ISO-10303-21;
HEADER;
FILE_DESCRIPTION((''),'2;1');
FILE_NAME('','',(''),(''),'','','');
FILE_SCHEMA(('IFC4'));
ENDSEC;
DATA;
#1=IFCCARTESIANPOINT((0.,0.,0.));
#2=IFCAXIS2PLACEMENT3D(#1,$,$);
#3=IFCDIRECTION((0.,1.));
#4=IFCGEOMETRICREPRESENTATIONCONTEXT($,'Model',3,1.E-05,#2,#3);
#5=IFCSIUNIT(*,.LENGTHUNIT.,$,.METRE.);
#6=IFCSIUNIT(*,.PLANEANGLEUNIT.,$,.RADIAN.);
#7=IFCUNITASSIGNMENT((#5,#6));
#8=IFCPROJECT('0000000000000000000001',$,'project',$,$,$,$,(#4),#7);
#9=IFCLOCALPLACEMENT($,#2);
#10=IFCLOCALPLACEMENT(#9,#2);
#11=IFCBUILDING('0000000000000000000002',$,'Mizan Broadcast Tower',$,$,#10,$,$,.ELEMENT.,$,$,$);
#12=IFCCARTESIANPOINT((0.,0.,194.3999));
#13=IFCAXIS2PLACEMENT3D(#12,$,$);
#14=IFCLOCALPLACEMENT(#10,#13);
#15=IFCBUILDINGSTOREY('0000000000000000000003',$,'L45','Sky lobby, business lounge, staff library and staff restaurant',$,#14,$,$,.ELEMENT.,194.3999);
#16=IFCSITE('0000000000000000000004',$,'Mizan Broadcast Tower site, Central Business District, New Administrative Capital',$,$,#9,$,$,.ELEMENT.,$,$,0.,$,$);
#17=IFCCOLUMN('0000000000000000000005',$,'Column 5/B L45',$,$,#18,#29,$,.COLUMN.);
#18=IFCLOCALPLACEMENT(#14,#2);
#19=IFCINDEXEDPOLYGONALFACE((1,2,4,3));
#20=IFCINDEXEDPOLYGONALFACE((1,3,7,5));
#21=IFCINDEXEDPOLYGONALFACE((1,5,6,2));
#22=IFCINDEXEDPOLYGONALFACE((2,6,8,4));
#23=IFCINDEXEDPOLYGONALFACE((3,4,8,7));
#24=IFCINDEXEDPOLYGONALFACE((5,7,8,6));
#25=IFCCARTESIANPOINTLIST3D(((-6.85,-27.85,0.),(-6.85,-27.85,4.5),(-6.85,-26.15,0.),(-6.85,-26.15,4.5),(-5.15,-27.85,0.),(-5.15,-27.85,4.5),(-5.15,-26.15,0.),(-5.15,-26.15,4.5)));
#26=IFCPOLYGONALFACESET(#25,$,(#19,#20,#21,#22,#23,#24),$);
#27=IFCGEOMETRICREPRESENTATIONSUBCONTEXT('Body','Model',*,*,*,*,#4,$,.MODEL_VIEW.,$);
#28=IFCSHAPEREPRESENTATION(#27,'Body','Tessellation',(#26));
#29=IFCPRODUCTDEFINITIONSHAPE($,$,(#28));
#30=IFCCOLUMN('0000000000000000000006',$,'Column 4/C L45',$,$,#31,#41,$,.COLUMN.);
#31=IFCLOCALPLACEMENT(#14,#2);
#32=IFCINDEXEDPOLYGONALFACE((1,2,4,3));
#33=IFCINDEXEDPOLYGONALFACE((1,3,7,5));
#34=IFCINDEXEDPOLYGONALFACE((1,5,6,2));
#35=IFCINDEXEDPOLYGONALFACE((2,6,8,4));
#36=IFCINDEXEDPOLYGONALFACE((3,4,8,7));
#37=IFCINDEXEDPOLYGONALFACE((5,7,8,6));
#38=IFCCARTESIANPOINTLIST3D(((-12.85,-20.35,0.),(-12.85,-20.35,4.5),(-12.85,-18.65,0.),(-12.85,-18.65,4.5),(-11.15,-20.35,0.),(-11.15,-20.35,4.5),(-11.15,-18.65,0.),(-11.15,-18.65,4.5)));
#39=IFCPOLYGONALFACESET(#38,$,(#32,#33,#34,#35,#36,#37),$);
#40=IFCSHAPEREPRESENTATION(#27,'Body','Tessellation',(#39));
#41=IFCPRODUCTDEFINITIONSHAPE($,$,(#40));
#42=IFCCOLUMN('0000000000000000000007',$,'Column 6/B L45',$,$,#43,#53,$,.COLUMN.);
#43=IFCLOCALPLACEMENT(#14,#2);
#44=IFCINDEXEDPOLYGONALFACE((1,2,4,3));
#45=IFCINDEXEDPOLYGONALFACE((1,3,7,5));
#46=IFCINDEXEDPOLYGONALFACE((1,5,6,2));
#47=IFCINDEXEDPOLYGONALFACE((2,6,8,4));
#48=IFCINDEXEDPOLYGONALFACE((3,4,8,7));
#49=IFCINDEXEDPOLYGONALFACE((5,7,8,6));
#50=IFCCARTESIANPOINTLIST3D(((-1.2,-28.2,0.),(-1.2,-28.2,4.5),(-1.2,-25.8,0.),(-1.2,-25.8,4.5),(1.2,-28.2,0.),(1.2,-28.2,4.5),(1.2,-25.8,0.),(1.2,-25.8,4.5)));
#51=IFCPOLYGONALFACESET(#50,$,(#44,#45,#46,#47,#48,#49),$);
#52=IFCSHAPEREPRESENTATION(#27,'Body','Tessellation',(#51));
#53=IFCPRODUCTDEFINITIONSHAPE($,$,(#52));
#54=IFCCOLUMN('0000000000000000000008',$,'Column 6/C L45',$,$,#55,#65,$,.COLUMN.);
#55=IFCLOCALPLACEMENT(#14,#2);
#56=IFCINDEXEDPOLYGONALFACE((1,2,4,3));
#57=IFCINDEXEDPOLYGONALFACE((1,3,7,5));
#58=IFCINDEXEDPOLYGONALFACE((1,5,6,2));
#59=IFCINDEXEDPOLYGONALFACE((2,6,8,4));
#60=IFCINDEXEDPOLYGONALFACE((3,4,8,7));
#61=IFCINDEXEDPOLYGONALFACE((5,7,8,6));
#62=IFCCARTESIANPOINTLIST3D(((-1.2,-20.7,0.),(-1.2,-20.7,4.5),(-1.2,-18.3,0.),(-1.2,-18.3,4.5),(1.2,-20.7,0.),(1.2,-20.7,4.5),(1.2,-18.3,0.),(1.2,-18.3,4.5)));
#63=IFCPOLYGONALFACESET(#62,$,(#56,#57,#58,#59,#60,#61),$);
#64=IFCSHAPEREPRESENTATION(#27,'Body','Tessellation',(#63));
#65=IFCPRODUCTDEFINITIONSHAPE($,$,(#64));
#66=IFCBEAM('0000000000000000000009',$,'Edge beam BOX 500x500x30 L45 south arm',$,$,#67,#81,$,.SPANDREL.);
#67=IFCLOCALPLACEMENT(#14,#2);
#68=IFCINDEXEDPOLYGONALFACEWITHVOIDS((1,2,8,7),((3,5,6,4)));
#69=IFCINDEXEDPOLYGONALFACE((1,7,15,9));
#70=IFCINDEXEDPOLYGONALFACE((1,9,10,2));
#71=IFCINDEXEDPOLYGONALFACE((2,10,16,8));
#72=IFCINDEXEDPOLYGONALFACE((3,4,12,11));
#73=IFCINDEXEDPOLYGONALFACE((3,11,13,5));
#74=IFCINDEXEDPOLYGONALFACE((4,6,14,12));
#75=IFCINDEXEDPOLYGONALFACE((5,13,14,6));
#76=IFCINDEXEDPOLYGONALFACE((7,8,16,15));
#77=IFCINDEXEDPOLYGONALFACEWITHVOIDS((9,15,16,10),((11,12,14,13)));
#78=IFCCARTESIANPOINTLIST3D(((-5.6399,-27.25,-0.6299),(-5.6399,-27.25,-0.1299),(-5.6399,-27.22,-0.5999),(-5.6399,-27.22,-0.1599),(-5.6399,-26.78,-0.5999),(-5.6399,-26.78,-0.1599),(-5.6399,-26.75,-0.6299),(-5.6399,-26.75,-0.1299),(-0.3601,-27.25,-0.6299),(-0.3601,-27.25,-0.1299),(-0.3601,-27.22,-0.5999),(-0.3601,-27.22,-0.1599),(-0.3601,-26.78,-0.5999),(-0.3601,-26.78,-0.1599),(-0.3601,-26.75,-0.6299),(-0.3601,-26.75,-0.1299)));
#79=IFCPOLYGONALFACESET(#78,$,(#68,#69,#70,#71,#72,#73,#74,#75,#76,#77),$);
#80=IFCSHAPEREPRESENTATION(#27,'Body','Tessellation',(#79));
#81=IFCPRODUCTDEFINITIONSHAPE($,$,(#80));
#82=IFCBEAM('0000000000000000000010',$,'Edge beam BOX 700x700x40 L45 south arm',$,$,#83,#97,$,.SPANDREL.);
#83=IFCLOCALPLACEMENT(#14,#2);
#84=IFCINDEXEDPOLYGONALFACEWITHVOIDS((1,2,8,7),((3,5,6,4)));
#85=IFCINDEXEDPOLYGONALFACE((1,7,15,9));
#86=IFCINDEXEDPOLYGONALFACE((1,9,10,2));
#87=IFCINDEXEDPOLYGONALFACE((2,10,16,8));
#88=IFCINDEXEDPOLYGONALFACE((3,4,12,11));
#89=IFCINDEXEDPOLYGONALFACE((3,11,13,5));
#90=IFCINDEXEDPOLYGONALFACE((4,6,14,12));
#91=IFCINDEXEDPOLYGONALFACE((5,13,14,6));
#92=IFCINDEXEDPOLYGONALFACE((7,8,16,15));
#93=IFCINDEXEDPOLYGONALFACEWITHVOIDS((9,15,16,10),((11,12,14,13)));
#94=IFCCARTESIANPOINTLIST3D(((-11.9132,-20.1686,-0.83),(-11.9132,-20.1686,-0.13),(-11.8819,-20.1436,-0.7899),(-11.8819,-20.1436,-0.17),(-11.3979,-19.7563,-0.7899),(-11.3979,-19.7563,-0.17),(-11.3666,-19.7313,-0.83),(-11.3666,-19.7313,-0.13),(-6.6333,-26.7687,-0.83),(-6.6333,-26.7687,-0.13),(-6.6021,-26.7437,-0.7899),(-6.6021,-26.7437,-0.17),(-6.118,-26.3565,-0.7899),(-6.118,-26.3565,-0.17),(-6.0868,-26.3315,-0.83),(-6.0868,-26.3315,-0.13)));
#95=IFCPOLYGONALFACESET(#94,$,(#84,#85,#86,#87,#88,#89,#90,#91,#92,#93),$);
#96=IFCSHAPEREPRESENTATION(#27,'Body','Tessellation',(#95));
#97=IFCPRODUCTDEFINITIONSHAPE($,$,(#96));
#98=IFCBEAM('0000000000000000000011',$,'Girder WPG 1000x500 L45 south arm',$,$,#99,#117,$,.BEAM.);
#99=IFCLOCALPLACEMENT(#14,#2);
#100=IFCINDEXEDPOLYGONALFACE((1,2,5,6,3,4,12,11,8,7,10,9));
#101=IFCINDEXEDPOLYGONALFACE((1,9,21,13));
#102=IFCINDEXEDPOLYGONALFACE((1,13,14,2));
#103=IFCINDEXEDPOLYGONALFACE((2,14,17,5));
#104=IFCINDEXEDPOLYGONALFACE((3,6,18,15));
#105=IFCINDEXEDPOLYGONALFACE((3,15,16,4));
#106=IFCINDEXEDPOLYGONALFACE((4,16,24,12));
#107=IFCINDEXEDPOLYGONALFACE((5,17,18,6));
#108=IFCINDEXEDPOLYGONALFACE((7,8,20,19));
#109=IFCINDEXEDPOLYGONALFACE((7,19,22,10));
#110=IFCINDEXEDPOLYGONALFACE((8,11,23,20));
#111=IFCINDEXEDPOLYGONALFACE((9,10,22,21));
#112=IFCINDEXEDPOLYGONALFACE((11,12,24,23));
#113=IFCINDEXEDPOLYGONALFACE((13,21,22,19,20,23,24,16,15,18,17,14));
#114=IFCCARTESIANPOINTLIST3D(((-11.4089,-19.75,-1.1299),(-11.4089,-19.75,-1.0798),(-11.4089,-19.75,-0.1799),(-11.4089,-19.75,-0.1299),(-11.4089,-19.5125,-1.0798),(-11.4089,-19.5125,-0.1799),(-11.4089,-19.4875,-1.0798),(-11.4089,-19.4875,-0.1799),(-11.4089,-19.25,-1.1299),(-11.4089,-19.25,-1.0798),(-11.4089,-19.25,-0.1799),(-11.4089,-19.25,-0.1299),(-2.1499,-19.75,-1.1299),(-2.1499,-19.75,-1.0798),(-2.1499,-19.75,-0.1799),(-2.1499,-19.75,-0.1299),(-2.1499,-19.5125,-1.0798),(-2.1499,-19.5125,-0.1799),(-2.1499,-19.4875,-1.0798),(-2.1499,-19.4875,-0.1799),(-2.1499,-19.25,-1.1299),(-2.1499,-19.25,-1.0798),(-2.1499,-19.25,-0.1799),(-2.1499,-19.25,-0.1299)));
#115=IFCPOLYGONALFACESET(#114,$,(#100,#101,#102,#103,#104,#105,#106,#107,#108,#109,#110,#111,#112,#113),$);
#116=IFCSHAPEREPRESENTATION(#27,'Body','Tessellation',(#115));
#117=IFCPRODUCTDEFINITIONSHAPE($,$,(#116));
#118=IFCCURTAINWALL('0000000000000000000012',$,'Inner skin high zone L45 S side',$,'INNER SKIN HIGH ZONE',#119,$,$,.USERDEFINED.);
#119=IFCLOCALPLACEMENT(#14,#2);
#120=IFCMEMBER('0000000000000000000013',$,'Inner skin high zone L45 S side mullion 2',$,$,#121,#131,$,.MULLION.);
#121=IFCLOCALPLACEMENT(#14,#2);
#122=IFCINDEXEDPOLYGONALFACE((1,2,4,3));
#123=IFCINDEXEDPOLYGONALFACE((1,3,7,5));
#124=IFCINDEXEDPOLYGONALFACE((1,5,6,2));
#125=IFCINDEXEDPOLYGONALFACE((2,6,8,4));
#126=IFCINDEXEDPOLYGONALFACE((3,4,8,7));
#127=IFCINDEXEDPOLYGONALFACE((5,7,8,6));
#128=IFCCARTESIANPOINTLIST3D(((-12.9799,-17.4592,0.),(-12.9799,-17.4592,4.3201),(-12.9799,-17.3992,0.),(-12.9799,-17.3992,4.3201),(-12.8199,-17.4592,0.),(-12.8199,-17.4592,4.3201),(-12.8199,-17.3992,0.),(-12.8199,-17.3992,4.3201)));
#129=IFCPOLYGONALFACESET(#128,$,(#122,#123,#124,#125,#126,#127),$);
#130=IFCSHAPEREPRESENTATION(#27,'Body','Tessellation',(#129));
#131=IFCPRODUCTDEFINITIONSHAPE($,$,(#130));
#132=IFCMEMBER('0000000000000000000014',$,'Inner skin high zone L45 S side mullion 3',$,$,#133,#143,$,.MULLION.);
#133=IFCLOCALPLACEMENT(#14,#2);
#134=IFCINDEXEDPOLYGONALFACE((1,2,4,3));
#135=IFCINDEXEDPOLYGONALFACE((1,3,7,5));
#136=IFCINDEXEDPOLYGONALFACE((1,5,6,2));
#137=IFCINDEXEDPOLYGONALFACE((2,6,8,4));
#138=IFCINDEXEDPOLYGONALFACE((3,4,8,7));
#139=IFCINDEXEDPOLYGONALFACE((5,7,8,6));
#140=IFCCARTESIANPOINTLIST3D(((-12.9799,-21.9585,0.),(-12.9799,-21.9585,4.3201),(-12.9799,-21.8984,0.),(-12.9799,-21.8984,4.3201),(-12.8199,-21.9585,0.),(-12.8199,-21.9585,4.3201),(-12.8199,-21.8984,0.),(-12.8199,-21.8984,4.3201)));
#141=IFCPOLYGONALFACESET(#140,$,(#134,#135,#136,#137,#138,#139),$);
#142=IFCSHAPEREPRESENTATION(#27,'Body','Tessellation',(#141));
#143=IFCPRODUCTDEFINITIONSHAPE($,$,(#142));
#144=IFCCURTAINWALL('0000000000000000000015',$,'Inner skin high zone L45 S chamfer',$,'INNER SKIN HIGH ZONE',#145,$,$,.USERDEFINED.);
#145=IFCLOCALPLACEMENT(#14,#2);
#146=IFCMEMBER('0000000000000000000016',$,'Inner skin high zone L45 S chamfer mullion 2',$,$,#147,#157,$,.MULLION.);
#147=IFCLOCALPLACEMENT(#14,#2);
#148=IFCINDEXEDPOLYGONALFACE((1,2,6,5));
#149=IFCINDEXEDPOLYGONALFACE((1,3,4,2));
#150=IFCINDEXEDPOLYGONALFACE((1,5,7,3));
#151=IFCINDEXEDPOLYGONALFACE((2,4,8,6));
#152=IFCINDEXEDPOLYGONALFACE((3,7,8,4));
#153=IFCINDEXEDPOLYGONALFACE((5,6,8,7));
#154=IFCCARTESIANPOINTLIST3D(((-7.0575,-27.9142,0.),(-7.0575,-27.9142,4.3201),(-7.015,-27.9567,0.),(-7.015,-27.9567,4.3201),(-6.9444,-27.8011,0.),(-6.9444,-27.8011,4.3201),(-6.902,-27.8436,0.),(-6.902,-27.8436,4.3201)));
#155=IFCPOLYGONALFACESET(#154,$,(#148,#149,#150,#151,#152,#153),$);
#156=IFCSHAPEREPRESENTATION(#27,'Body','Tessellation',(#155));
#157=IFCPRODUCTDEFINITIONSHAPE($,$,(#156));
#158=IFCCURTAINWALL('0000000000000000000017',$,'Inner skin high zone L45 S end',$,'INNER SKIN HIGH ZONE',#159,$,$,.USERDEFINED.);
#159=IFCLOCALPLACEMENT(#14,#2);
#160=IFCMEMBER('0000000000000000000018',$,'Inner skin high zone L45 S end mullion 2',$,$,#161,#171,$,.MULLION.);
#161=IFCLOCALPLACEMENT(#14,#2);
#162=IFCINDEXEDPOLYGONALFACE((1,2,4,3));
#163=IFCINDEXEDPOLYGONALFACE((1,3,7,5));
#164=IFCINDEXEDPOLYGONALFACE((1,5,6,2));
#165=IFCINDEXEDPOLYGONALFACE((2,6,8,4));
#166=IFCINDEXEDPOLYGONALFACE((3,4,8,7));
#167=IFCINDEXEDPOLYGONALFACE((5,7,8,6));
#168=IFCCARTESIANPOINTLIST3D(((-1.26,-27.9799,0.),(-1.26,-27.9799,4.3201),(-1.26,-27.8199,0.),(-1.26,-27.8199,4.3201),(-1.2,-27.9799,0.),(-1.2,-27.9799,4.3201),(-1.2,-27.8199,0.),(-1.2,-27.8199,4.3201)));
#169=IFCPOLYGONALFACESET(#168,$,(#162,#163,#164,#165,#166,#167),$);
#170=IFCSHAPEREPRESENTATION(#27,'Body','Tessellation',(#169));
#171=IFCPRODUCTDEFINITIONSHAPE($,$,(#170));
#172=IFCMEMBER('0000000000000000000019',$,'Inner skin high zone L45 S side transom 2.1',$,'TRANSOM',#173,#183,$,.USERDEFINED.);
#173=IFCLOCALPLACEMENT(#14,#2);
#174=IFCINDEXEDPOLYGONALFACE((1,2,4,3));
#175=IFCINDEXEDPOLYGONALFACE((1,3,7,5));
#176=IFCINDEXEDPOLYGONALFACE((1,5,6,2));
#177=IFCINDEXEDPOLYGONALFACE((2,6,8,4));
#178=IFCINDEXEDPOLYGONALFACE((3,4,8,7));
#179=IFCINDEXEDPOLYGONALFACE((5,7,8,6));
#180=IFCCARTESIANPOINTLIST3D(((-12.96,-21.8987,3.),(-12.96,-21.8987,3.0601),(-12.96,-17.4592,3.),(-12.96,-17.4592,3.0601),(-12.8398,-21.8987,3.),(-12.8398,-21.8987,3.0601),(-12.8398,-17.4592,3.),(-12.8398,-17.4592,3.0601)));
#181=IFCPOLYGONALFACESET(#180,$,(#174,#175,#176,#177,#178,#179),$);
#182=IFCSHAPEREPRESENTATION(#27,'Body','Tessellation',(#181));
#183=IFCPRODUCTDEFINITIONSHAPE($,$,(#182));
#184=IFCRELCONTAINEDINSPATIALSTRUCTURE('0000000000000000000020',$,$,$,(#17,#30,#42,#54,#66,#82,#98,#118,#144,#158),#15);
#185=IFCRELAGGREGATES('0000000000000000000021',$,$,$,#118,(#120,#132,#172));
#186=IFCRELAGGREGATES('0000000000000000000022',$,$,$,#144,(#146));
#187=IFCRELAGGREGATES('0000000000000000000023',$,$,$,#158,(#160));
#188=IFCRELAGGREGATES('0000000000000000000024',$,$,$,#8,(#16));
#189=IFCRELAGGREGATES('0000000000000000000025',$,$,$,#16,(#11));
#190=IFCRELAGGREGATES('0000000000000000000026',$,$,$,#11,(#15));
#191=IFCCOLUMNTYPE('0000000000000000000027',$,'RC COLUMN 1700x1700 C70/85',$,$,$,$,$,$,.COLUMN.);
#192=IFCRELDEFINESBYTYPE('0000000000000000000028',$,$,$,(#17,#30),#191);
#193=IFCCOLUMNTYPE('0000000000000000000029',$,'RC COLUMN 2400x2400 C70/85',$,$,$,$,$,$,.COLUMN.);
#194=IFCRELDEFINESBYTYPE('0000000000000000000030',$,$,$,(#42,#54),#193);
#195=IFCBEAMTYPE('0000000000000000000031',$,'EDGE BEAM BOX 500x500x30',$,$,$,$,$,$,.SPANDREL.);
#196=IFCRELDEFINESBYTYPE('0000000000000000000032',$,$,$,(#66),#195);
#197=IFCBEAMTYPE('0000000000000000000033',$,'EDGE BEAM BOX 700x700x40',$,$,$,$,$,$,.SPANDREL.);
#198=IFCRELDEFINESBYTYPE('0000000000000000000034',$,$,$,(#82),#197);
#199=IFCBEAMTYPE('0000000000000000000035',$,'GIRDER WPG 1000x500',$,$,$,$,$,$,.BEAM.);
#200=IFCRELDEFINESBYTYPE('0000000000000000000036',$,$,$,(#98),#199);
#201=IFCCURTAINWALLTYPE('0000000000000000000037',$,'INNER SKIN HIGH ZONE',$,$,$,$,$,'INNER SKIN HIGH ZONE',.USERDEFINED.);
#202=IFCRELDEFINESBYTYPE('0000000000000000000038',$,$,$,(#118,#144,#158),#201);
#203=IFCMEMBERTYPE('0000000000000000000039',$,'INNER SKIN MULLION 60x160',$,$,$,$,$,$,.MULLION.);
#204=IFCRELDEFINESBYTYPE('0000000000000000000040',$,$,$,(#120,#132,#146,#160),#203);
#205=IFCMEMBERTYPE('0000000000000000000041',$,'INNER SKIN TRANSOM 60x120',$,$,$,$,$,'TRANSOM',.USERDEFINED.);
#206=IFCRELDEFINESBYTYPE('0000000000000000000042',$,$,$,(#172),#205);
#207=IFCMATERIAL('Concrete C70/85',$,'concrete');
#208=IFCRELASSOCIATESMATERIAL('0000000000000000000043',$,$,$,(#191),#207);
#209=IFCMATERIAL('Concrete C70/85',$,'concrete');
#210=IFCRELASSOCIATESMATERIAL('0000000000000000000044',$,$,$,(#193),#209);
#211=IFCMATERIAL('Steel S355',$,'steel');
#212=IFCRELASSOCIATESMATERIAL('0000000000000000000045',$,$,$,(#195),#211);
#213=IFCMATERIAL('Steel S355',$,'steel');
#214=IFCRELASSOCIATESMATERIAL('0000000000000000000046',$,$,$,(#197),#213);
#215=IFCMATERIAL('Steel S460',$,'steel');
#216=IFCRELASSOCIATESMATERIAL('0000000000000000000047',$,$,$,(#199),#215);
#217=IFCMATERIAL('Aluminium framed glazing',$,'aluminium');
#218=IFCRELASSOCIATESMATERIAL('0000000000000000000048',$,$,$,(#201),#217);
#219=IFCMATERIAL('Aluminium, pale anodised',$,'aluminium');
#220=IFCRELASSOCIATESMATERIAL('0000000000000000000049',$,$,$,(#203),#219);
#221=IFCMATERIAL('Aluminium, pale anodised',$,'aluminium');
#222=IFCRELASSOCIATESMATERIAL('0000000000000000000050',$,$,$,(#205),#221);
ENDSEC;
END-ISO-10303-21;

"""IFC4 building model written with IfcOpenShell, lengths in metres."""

from ifc_helpers import new_model, si_unit, direction, frame, origin, origin_2d, place, context, subcontext, project, spatial, rectangle, hollow_rectangle, i_section, extrude, material, material_profile, profile_set, type_object, element, aggregate, save


model = new_model("IFC4")

# Units and contexts
model_context = context("Model", 3, precision=1e-05, world=origin(), true_north=direction((0.0, 1.0)))
body_context = subcontext(model_context, "Body", "Model", "MODEL_VIEW")
ifc_project = project(units=[si_unit("LENGTHUNIT", "METRE"), si_unit("PLANEANGLEUNIT", "RADIAN")], contexts=[model_context])

# Site, building, storey
site_placement = place(None, origin())
site = spatial("IfcSite", under=ifc_project, at=site_placement, Name="Mizan Broadcast Tower site, Central Business District, New Administrative Capital", CompositionType="ELEMENT", RefElevation=0.0)
building_placement = place(site_placement, origin())
building = spatial("IfcBuilding", under=site, at=building_placement, Name="Mizan Broadcast Tower", CompositionType="ELEMENT")
storey_placement = place(building_placement, frame((0.0, 0.0, 194.3999)))
storey = spatial("IfcBuildingStorey", under=building, at=storey_placement, Name="L45", Description="Sky lobby, business lounge, staff library and staff restaurant", CompositionType="ELEMENT", Elevation=194.3999)

# Columns
ifc_material_1 = material(Name="Concrete C70/85", Category="concrete")
ifc_material_profile_1 = material_profile(ifc_material_1, rectangle(XDim=1.7, YDim=1.7, at=origin_2d()), Name="RC 1700x1700")
ifc_profile_set_1 = profile_set([ifc_material_profile_1], Name="Concrete C70/85")
column_type_1 = type_object("IfcColumnType", Name="RC COLUMN 1700x1700 C70/85", PredefinedType="COLUMN", material=ifc_profile_set_1)
for number, where, z_axis, x_axis, name in (
    (1, (-6.0, -27.0, 0.0), (0.0, 0.0, 1.0), (1.0, 0.0, 0.0), "Column 5/B L45"),
    (2, (-12.0, -19.5, 0.0), (0.0, 0.0, 1.0), (1.0, 0.0, 0.0), "Column 4/C L45"),
):
    element("IfcColumn", number, at=place(storey_placement, frame(where, z_axis=z_axis, x_axis=x_axis)), inside=storey, type_object=column_type_1, Name=name, PredefinedType="COLUMN", context=body_context, shape_type="SweptSolid", body=[
        extrude(rectangle(XDim=1.7, YDim=1.7, at=origin_2d()), origin(), (0.0, 0.0, 1.0), 4.5),
    ])
ifc_material_2 = material(Name="Concrete C70/85", Category="concrete")
ifc_material_profile_2 = material_profile(ifc_material_2, rectangle(XDim=2.3999, YDim=2.3999, at=origin_2d()), Name="RC 2400x2400")
ifc_profile_set_2 = profile_set([ifc_material_profile_2], Name="Concrete C70/85")
column_type_2 = type_object("IfcColumnType", Name="RC COLUMN 2400x2400 C70/85", PredefinedType="COLUMN", material=ifc_profile_set_2)
for number, where, z_axis, x_axis, name in (
    (3, (0.0, -27.0, 0.0), (0.0, 0.0, 1.0), (1.0, 0.0, 0.0), "Column 6/B L45"),
    (4, (0.0, -19.5, 0.0), (0.0, 0.0, 1.0), (1.0, 0.0, 0.0), "Column 6/C L45"),
):
    element("IfcColumn", number, at=place(storey_placement, frame(where, z_axis=z_axis, x_axis=x_axis)), inside=storey, type_object=column_type_2, Name=name, PredefinedType="COLUMN", context=body_context, shape_type="SweptSolid", body=[
        extrude(rectangle(XDim=2.3999, YDim=2.3999, at=origin_2d()), origin(), (0.0, 0.0, 1.0), 4.5),
    ])

# Beams
ifc_material_3 = material(Name="Steel S355", Category="steel")
ifc_material_profile_3 = material_profile(ifc_material_3, hollow_rectangle(XDim=0.5, YDim=0.5, WallThickness=0.03, at=origin_2d()), Name="BOX 500x500x30")
ifc_profile_set_3 = profile_set([ifc_material_profile_3], Name="Steel S355")
beam_type_1 = type_object("IfcBeamType", Name="EDGE BEAM BOX 500x500x30", PredefinedType="SPANDREL", material=ifc_profile_set_3)
beam_1_placement = place(storey_placement, frame((-5.6399, -27.0, -0.3799), z_axis=(1.0, 0.0, 0.0), x_axis=(0.0, 1.0, 0.0)))
element("IfcBeam", 5, at=beam_1_placement, inside=storey, type_object=beam_type_1, Name="Edge beam BOX 500x500x30 L45 south arm", PredefinedType="SPANDREL", context=body_context, shape_type="SweptSolid", body=[
    extrude(hollow_rectangle(XDim=0.5, YDim=0.5, WallThickness=0.03, at=origin_2d()), origin(), (0.0, 0.0, 1.0), 5.2798),
])
ifc_material_4 = material(Name="Steel S355", Category="steel")
ifc_material_profile_4 = material_profile(ifc_material_4, hollow_rectangle(XDim=0.7, YDim=0.7, WallThickness=0.04, at=origin_2d()), Name="BOX 700x700x40")
ifc_profile_set_4 = profile_set([ifc_material_profile_4], Name="Steel S355")
beam_type_2 = type_object("IfcBeamType", Name="EDGE BEAM BOX 700x700x40", PredefinedType="SPANDREL", material=ifc_profile_set_4)
beam_2_placement = place(storey_placement, frame((-11.6399, -19.95, -0.48), z_axis=(0.624674, -0.780886, 0.0), x_axis=(0.780886, 0.624674, 0.0)))
element("IfcBeam", 6, at=beam_2_placement, inside=storey, type_object=beam_type_2, Name="Edge beam BOX 700x700x40 L45 south arm", PredefinedType="SPANDREL", context=body_context, shape_type="SweptSolid", body=[
    extrude(hollow_rectangle(XDim=0.7, YDim=0.7, WallThickness=0.04, at=origin_2d()), origin(), (0.0, 0.0, 1.0), 8.4521),
])
ifc_material_5 = material(Name="Steel S460", Category="steel")
ifc_material_profile_5 = material_profile(ifc_material_5, i_section(OverallWidth=0.5, OverallDepth=1.0, WebThickness=0.0249, FlangeThickness=0.05, at=origin_2d()), Name="WPG 1000x500")
ifc_profile_set_5 = profile_set([ifc_material_profile_5], Name="Steel S460")
beam_type_3 = type_object("IfcBeamType", Name="GIRDER WPG 1000x500", PredefinedType="BEAM", material=ifc_profile_set_5)
beam_3_placement = place(storey_placement, frame((-11.4089, -19.5, -0.6299), z_axis=(1.0, 0.0, 0.0), x_axis=(0.0, 1.0, 0.0)))
element("IfcBeam", 7, at=beam_3_placement, inside=storey, type_object=beam_type_3, Name="Girder WPG 1000x500 L45 south arm", PredefinedType="BEAM", context=body_context, shape_type="SweptSolid", body=[
    extrude(i_section(OverallWidth=0.5, OverallDepth=1.0, WebThickness=0.0249, FlangeThickness=0.05, at=origin_2d()), origin(), (0.0, 0.0, 1.0), 9.259),
])

# Curtain wall, members
ifc_material_6 = material(Name="Aluminium framed glazing", Category="aluminium")
curtain_wall_type_1 = type_object("IfcCurtainWallType", Name="INNER SKIN HIGH ZONE", ElementType="INNER SKIN HIGH ZONE", PredefinedType="USERDEFINED", material=ifc_material_6)
curtain_wall_1_placement = place(storey_placement, origin())
curtain_wall_1 = element("IfcCurtainWall", 8, at=curtain_wall_1_placement, inside=storey, type_object=curtain_wall_type_1, Name="Inner skin high zone L45 S side", ObjectType="INNER SKIN HIGH ZONE", PredefinedType="USERDEFINED")
ifc_material_7 = material(Name="Aluminium, pale anodised", Category="aluminium")
ifc_material_profile_6 = material_profile(ifc_material_7, rectangle(XDim=0.1599, YDim=0.0601, at=origin_2d()), Name="MULLION 160x60")
ifc_profile_set_6 = profile_set([ifc_material_profile_6], Name="Aluminium, pale anodised")
member_type_1 = type_object("IfcMemberType", Name="INNER SKIN MULLION 60x160", PredefinedType="MULLION", material=ifc_profile_set_6)
member_1_placement = place(storey_placement, frame((-12.8999, -17.4292, 0.0), z_axis=(0.0, 0.0, 1.0), x_axis=(1.0, 0.0, 0.0)))
member_1 = element("IfcMember", 9, at=member_1_placement, type_object=member_type_1, Name="Inner skin high zone L45 S side mullion 2", PredefinedType="MULLION", context=body_context, shape_type="SweptSolid", body=[
    extrude(rectangle(XDim=0.1599, YDim=0.0601, at=origin_2d()), origin(), (0.0, 0.0, 1.0), 4.3201),
])
member_2_placement = place(storey_placement, frame((-12.8999, -21.9285, 0.0), z_axis=(0.0, 0.0, 1.0), x_axis=(1.0, 0.0, 0.0)))
member_2 = element("IfcMember", 10, at=member_2_placement, type_object=member_type_1, Name="Inner skin high zone L45 S side mullion 3", PredefinedType="MULLION", context=body_context, shape_type="SweptSolid", body=[
    extrude(rectangle(XDim=0.1599, YDim=0.0601, at=origin_2d()), origin(), (0.0, 0.0, 1.0), 4.3201),
])

# Curtain walls, members
curtain_wall_2_placement = place(storey_placement, origin())
curtain_wall_2 = element("IfcCurtainWall", 11, at=curtain_wall_2_placement, inside=storey, type_object=curtain_wall_type_1, Name="Inner skin high zone L45 S chamfer", ObjectType="INNER SKIN HIGH ZONE", PredefinedType="USERDEFINED")
member_3_placement = place(storey_placement, frame((-6.9797, -27.8789, 0.0), z_axis=(0.0, 0.0, 1.0), x_axis=(0.707107, 0.707107, 0.0)))
member_3 = element("IfcMember", 12, at=member_3_placement, type_object=member_type_1, Name="Inner skin high zone L45 S chamfer mullion 2", PredefinedType="MULLION", context=body_context, shape_type="SweptSolid", body=[
    extrude(rectangle(XDim=0.1599, YDim=0.0601, at=origin_2d()), origin(), (0.0, 0.0, 1.0), 4.3201),
])
curtain_wall_3_placement = place(storey_placement, origin())
curtain_wall_3 = element("IfcCurtainWall", 13, at=curtain_wall_3_placement, inside=storey, type_object=curtain_wall_type_1, Name="Inner skin high zone L45 S end", ObjectType="INNER SKIN HIGH ZONE", PredefinedType="USERDEFINED")
member_4_placement = place(storey_placement, frame((-1.23, -27.8999, 0.0), z_axis=(0.0, 0.0, 1.0), x_axis=(0.0, 1.0, 0.0)))
member_4 = element("IfcMember", 14, at=member_4_placement, type_object=member_type_1, Name="Inner skin high zone L45 S end mullion 2", PredefinedType="MULLION", context=body_context, shape_type="SweptSolid", body=[
    extrude(rectangle(XDim=0.1599, YDim=0.0601, at=origin_2d()), origin(), (0.0, 0.0, 1.0), 4.3201),
])

# Member
ifc_material_8 = material(Name="Aluminium, pale anodised", Category="aluminium")
ifc_material_profile_7 = material_profile(ifc_material_8, rectangle(XDim=0.1201, YDim=0.0601, at=origin_2d()), Name="TRANSOM 120x60")
ifc_profile_set_7 = profile_set([ifc_material_profile_7], Name="Aluminium, pale anodised")
member_type_2 = type_object("IfcMemberType", Name="INNER SKIN TRANSOM 60x120", ElementType="TRANSOM", PredefinedType="USERDEFINED", material=ifc_profile_set_7)
member_5_placement = place(storey_placement, frame((-12.8999, -17.4592, 3.03), z_axis=(0.0, -1.0, 0.0), x_axis=(1.0, 0.0, 0.0)))
member_5 = element("IfcMember", 15, at=member_5_placement, type_object=member_type_2, Name="Inner skin high zone L45 S side transom 2.1", ObjectType="TRANSOM", PredefinedType="USERDEFINED", context=body_context, shape_type="SweptSolid", body=[
    extrude(rectangle(XDim=0.1201, YDim=0.0601, at=origin_2d()), origin(), (0.0, 0.0, 1.0), 4.4395),
])

aggregate(curtain_wall_1, [member_1, member_2, member_5])
aggregate(curtain_wall_2, [member_3])
aggregate(curtain_wall_3, [member_4])

save(model, "model.ifc")
